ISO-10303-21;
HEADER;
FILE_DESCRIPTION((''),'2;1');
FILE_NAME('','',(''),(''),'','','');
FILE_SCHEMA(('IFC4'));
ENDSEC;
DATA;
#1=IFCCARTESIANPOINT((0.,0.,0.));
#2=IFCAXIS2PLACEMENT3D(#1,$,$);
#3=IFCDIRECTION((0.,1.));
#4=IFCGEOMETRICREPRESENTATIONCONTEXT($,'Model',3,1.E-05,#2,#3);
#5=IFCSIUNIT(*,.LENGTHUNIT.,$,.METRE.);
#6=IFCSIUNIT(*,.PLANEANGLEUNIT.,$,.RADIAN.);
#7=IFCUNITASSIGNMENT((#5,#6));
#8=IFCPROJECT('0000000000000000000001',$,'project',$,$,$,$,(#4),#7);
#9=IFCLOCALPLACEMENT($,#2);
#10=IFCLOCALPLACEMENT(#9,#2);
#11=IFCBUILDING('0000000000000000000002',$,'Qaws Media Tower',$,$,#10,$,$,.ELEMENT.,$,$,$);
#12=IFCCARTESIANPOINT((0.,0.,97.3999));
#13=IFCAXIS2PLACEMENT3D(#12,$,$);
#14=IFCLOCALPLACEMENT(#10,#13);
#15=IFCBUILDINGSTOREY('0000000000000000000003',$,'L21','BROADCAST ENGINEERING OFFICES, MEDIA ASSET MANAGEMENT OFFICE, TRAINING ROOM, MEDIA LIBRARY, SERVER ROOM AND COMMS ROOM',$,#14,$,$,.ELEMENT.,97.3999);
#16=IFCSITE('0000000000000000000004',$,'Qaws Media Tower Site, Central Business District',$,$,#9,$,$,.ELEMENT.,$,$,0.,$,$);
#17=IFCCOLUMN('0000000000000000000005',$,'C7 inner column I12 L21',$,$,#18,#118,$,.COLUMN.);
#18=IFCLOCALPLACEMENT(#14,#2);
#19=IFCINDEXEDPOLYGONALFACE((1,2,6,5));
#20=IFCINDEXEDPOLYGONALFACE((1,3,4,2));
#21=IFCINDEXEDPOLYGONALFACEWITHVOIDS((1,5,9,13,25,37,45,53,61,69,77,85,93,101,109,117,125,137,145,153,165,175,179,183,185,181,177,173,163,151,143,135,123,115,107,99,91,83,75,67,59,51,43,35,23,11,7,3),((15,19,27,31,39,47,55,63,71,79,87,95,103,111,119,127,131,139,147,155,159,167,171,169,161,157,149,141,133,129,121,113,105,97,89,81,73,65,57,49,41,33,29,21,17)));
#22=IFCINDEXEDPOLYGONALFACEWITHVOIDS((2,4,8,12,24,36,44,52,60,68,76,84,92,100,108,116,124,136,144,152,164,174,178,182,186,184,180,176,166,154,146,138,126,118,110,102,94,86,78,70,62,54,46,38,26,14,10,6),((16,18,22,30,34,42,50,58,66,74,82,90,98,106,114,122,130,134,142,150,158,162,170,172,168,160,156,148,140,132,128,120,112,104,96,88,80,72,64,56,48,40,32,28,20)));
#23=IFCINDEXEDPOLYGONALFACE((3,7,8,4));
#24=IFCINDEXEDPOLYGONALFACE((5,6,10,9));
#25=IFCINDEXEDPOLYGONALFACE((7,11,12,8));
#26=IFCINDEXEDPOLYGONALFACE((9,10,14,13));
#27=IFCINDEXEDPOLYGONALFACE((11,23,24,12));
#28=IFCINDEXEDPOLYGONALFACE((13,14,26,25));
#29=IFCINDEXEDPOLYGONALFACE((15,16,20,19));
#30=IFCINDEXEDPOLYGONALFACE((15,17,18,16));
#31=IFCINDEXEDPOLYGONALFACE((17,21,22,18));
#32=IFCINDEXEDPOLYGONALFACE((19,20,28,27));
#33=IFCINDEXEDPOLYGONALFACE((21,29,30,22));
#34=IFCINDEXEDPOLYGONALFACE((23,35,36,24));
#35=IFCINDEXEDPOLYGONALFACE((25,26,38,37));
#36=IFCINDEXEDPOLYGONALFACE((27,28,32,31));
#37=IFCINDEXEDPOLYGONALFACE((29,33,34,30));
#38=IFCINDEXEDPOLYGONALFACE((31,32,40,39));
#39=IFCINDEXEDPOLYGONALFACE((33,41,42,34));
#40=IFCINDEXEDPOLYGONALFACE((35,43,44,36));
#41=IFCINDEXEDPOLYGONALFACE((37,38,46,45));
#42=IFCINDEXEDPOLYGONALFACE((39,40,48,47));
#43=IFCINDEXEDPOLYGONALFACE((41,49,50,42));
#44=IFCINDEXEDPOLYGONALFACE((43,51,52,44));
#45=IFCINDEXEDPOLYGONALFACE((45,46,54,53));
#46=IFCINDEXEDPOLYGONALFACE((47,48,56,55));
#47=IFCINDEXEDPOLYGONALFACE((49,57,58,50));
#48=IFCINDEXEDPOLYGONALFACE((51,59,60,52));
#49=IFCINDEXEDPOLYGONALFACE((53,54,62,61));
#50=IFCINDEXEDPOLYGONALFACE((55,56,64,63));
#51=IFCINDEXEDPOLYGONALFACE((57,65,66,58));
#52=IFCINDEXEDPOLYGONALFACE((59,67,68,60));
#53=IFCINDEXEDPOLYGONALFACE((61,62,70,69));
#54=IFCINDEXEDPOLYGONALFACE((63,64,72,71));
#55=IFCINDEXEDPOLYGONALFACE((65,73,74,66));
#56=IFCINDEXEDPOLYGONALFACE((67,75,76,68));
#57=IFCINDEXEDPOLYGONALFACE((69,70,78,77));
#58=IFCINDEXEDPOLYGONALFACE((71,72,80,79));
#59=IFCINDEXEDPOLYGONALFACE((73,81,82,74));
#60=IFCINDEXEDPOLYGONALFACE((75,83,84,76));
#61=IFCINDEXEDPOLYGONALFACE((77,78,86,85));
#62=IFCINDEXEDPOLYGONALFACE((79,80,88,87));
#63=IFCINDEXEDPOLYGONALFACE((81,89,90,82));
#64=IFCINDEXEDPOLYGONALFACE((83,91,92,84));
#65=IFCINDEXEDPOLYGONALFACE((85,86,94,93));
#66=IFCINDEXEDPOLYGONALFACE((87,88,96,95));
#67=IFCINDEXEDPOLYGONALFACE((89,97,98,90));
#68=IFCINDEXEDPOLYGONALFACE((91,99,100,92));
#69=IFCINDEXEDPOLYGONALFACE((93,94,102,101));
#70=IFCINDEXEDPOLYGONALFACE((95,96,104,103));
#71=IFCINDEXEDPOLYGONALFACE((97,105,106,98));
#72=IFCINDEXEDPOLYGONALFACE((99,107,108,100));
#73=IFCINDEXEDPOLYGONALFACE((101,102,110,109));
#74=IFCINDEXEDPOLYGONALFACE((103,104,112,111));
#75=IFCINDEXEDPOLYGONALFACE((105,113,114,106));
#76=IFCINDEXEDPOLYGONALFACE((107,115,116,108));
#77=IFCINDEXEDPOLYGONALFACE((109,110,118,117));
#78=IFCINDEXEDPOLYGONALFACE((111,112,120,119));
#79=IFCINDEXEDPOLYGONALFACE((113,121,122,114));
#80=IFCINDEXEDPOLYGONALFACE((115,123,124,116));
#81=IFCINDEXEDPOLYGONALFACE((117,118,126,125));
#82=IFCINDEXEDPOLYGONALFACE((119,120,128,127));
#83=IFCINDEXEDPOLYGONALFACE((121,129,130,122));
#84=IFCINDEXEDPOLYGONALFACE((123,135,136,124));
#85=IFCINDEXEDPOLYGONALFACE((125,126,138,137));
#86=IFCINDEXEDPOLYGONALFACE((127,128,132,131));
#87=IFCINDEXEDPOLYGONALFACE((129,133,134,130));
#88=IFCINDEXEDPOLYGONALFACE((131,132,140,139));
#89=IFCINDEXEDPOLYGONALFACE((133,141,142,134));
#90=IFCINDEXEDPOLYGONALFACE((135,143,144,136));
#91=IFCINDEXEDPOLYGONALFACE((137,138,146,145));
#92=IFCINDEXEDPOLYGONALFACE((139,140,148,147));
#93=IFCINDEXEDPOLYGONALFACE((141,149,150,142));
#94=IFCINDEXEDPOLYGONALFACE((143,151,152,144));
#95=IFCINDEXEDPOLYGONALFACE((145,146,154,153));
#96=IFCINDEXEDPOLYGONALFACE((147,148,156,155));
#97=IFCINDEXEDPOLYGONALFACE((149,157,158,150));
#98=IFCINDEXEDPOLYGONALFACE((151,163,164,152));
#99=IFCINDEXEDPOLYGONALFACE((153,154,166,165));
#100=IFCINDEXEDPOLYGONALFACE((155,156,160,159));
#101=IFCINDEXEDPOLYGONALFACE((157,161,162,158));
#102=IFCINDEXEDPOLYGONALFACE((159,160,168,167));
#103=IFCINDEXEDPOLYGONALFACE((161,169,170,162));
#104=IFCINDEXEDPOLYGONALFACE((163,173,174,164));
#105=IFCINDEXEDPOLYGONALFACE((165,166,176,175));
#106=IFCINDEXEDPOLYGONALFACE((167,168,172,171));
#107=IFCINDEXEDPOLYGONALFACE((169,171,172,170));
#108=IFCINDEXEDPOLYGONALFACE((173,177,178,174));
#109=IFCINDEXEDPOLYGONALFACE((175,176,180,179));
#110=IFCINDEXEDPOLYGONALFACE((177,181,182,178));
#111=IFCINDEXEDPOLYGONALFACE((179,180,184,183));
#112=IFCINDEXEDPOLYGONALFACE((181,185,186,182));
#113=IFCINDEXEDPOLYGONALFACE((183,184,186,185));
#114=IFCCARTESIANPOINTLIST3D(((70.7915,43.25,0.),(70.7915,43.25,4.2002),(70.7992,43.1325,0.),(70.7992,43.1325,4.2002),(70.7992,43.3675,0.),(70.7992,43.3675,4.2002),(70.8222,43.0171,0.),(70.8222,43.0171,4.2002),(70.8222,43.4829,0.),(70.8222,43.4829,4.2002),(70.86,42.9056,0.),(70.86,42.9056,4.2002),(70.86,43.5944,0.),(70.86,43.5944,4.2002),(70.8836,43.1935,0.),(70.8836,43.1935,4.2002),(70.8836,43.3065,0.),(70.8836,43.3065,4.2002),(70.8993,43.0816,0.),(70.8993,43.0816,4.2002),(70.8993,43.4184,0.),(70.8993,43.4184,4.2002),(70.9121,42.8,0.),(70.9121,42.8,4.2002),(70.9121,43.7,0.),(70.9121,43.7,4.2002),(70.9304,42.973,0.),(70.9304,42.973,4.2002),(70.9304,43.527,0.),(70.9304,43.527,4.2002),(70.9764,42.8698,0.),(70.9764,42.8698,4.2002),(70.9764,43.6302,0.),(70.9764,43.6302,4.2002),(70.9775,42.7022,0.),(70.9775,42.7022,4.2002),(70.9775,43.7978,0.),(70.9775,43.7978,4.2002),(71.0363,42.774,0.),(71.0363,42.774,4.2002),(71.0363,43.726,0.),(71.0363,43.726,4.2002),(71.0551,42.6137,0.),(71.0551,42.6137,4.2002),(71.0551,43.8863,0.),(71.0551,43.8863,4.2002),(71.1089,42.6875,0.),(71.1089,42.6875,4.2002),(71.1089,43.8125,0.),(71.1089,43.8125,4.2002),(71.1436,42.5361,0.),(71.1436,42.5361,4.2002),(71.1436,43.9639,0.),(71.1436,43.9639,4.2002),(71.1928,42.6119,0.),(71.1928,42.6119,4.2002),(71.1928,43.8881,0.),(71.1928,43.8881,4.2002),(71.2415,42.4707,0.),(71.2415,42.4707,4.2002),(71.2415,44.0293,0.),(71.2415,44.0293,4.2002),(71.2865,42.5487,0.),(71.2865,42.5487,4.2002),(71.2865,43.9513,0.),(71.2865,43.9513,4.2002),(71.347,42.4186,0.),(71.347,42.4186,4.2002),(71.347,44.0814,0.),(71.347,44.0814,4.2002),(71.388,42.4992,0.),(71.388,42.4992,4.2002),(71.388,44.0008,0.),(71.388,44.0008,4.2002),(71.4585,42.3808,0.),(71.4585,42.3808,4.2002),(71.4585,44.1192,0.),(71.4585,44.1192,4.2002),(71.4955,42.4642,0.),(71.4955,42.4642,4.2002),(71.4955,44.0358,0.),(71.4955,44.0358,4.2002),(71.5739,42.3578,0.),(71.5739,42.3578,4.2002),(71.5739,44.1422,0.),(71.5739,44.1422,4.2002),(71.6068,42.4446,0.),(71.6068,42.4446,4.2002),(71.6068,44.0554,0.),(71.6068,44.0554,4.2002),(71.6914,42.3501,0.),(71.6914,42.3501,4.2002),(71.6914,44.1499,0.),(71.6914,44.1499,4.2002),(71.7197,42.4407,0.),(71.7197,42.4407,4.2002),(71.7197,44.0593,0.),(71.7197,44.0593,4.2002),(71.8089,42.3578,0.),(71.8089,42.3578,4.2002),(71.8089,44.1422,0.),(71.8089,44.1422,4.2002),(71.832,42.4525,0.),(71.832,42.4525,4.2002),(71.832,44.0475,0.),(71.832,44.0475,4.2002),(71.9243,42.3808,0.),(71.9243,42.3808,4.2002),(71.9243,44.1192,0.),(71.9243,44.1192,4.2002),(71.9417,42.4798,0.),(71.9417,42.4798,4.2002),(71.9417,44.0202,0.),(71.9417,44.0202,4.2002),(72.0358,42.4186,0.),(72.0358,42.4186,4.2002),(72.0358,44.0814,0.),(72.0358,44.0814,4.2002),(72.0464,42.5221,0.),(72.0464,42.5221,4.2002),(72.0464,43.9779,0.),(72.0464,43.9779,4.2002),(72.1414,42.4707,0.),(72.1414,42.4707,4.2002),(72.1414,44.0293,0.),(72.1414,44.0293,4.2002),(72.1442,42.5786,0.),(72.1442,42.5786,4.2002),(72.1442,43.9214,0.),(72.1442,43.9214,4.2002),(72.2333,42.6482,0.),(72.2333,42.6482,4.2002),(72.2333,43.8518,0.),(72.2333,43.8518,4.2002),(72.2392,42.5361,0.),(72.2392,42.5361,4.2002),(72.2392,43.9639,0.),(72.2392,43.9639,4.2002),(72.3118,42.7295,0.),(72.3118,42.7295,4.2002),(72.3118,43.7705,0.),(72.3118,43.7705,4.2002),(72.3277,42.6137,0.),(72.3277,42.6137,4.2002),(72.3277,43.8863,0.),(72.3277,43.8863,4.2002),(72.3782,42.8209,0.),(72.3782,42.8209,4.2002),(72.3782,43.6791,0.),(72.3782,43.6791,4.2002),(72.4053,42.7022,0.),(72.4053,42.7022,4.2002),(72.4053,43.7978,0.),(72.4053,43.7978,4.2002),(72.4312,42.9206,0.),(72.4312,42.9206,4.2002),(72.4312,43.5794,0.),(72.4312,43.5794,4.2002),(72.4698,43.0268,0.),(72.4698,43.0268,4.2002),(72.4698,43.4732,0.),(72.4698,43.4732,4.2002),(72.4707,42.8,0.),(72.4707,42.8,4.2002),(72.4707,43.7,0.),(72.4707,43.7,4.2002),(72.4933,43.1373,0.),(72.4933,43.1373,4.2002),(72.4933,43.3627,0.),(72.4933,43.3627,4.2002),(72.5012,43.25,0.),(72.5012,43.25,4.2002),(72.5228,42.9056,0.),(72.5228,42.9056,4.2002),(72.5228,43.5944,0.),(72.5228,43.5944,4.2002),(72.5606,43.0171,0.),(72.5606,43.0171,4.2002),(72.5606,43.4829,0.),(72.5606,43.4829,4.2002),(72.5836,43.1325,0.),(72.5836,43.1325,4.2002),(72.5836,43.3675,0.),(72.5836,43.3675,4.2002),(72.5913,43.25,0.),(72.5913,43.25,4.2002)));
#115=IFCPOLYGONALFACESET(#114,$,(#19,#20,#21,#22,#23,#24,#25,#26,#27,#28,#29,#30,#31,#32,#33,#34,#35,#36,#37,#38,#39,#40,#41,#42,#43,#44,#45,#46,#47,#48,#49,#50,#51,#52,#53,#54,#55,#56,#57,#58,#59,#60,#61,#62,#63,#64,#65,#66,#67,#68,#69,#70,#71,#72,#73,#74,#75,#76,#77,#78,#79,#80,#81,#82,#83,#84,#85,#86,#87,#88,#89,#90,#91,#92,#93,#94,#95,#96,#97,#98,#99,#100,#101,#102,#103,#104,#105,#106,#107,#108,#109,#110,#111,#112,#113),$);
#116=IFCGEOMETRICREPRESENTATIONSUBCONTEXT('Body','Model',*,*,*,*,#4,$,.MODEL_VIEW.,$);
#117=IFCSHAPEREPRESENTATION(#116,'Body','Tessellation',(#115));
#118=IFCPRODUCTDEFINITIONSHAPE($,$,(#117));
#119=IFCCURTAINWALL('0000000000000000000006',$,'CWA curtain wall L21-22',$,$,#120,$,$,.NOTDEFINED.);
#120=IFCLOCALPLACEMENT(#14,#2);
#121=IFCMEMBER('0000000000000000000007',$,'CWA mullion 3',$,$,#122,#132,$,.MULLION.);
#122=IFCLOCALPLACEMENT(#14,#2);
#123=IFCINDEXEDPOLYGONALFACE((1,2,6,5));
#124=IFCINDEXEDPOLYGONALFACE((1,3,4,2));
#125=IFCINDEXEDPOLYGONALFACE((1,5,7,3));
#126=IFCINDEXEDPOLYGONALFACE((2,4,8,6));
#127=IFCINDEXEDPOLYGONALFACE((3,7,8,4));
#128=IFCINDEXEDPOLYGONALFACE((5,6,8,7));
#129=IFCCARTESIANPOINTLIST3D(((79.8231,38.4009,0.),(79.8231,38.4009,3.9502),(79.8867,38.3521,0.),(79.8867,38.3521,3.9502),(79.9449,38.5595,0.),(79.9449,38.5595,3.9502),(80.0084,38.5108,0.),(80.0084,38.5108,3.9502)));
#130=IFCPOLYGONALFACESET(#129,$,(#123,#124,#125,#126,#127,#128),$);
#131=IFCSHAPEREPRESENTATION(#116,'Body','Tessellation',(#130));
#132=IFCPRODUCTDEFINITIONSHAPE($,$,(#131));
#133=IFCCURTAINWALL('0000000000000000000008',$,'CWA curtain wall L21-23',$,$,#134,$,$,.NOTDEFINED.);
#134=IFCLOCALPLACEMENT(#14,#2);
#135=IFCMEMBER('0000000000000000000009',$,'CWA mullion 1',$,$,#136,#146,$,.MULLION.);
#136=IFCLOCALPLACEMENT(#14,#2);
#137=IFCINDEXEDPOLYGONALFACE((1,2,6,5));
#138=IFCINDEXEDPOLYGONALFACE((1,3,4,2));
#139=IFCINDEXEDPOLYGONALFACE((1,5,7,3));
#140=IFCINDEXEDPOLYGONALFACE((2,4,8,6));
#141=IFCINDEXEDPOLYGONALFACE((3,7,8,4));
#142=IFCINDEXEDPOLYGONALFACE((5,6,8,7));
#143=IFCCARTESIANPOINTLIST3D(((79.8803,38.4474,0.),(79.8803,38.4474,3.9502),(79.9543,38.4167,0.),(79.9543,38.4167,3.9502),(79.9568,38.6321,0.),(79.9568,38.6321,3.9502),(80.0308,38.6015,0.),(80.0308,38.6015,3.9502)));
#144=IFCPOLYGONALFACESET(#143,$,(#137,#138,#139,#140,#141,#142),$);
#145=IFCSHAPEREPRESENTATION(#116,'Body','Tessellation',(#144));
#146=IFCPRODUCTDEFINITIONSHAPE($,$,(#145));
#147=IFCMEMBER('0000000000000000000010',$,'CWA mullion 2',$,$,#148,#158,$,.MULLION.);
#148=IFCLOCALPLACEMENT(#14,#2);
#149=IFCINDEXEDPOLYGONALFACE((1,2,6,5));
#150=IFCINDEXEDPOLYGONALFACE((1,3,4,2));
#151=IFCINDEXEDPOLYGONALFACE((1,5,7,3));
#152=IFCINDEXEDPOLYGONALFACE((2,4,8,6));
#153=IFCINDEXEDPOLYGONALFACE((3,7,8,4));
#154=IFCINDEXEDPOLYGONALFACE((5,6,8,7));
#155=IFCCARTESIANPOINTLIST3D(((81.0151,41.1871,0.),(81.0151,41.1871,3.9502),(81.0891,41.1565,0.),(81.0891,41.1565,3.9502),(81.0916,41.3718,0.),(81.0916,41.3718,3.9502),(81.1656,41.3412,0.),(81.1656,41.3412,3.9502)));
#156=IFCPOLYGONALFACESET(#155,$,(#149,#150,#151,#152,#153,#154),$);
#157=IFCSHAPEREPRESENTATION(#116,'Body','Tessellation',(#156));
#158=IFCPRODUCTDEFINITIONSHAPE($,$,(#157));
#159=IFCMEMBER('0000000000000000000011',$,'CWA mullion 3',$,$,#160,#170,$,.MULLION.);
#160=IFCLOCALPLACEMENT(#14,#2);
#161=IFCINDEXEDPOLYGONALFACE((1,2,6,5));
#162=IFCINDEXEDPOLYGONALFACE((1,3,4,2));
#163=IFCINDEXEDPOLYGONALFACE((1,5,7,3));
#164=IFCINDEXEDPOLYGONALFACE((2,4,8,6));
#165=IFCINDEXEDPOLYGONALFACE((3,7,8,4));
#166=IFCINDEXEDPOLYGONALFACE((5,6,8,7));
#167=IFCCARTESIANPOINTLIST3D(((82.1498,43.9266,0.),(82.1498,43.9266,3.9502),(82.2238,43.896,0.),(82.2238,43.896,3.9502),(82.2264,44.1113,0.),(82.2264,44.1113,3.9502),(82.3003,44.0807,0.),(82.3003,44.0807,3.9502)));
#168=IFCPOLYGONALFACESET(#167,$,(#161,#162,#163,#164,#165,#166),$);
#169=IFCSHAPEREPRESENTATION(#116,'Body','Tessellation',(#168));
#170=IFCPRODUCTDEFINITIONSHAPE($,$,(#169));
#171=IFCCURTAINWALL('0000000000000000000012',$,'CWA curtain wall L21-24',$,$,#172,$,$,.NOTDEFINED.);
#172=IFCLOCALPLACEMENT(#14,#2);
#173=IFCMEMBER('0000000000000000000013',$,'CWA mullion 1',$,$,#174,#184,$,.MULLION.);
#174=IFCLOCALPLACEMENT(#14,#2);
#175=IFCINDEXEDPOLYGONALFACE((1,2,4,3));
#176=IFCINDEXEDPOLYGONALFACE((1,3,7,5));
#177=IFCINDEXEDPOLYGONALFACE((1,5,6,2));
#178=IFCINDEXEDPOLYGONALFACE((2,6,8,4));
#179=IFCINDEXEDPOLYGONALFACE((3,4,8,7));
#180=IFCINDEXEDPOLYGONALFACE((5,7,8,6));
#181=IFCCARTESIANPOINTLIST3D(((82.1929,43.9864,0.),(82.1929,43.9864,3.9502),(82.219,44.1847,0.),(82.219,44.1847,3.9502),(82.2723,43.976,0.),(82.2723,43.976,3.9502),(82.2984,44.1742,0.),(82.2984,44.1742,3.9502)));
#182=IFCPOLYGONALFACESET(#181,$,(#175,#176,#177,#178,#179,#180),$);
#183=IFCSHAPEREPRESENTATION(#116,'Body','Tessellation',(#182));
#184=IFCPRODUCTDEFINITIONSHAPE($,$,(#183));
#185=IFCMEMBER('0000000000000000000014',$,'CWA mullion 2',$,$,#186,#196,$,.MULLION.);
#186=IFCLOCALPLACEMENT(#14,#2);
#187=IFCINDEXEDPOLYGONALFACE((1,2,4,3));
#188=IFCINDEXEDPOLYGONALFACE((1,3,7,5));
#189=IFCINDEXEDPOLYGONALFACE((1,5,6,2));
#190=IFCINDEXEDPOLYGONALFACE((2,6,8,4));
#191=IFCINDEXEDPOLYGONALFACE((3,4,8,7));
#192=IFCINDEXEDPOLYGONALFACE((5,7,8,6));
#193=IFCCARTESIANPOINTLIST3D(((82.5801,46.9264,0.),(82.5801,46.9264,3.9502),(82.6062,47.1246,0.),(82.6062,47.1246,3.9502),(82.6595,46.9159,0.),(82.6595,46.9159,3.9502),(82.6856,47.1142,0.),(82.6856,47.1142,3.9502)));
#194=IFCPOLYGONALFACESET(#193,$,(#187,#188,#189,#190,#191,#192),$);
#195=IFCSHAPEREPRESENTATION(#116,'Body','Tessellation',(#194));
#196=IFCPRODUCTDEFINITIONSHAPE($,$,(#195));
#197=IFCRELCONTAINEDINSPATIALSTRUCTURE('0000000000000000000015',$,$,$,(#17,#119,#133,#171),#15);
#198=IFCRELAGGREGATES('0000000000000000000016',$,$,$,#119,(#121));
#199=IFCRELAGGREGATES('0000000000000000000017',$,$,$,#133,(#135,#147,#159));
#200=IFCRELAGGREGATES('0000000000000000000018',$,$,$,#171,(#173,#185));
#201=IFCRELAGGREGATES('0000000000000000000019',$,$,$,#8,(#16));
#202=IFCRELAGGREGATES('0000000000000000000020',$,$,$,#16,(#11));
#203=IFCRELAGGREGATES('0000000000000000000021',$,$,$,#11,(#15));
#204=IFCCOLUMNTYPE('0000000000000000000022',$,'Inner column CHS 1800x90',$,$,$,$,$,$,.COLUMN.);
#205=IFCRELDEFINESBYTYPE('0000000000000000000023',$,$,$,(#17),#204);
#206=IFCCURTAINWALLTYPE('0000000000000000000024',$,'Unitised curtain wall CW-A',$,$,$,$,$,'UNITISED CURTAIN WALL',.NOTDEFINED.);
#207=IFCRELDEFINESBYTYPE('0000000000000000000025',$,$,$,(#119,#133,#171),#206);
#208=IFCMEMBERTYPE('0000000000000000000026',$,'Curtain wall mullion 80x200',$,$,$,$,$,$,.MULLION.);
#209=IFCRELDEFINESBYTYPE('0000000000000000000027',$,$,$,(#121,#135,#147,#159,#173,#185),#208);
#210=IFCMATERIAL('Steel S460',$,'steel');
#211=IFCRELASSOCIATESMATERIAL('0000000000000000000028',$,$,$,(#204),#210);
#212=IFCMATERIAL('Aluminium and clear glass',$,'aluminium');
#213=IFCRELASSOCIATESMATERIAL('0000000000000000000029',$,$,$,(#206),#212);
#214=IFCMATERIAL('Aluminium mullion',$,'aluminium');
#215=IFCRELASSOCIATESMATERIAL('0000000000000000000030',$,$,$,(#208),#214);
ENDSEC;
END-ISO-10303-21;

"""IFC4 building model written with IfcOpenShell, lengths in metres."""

from ifc_helpers import new_model, si_unit, direction, frame, origin, origin_2d, place, context, subcontext, project, spatial, rectangle, hollow_circle, extrude, material, material_profile, profile_set, type_object, element, aggregate, save


model = new_model("IFC4")

# Units and contexts
model_context = context("Model", 3, precision=1e-05, world=origin(), true_north=direction((0.0, 1.0)))
body_context = subcontext(model_context, "Body", "Model", "MODEL_VIEW")
ifc_project = project(units=[si_unit("LENGTHUNIT", "METRE"), si_unit("PLANEANGLEUNIT", "RADIAN")], contexts=[model_context])

# Site, building, storey
site_placement = place(None, origin())
site = spatial("IfcSite", under=ifc_project, at=site_placement, Name="Qaws Media Tower Site, Central Business District", CompositionType="ELEMENT", RefElevation=0.0)
building_placement = place(site_placement, origin())
building = spatial("IfcBuilding", under=site, at=building_placement, Name="Qaws Media Tower", CompositionType="ELEMENT")
storey_placement = place(building_placement, frame((0.0, 0.0, 97.3999)))
storey = spatial("IfcBuildingStorey", under=building, at=storey_placement, Name="L21", Description="BROADCAST ENGINEERING OFFICES, MEDIA ASSET MANAGEMENT OFFICE, TRAINING ROOM, MEDIA LIBRARY, SERVER ROOM AND COMMS ROOM", CompositionType="ELEMENT", Elevation=97.3999)

# Column
ifc_material_1 = material(Name="Steel S460", Category="steel")
ifc_material_profile_1 = material_profile(ifc_material_1, hollow_circle(Radius=0.8999, WallThickness=0.0901, at=origin_2d()), Name="CHS 1800x90")
ifc_profile_set_1 = profile_set([ifc_material_profile_1], Name="Steel S460")
column_type = type_object("IfcColumnType", Name="Inner column CHS 1800x90", PredefinedType="COLUMN", material=ifc_profile_set_1)
column_placement = place(storey_placement, frame((71.6914, 43.25, 0.0), z_axis=(0.0, 0.0, 1.0), x_axis=(1.0, 0.0, 0.0)))
element("IfcColumn", 1, at=column_placement, inside=storey, type_object=column_type, Name="C7 inner column I12 L21", PredefinedType="COLUMN", context=body_context, shape_type="SweptSolid", body=[
    extrude(hollow_circle(Radius=0.8999, WallThickness=0.0901, at=origin_2d()), origin(), (0.0, 0.0, 1.0), 4.2002),
])

# Curtain wall, member
ifc_material_2 = material(Name="Aluminium and clear glass", Category="aluminium")
curtain_wall_type = type_object("IfcCurtainWallType", Name="Unitised curtain wall CW-A", ElementType="UNITISED CURTAIN WALL", PredefinedType="NOTDEFINED", material=ifc_material_2)
curtain_wall_1_placement = place(storey_placement, origin())
curtain_wall_1 = element("IfcCurtainWall", 2, at=curtain_wall_1_placement, inside=storey, type_object=curtain_wall_type, Name="CWA curtain wall L21-22", PredefinedType="NOTDEFINED")
ifc_material_3 = material(Name="Aluminium mullion", Category="aluminium")
ifc_material_profile_2 = material_profile(ifc_material_3, rectangle(XDim=0.0801, YDim=0.2, at=origin_2d()), Name="80x200")
ifc_profile_set_2 = profile_set([ifc_material_profile_2], Name="Aluminium mullion")
member_type_1 = type_object("IfcMemberType", Name="Curtain wall mullion 80x200", PredefinedType="MULLION", material=ifc_profile_set_2)
member_1_placement = place(storey_placement, frame((79.9158, 38.4558, 0.0), z_axis=(0.0, 0.0, 1.0), x_axis=(-0.793353, 0.608761, 0.0)))
member_1 = element("IfcMember", 3, at=member_1_placement, type_object=member_type_1, Name="CWA mullion 3", PredefinedType="MULLION", context=body_context, shape_type="SweptSolid", body=[
    extrude(rectangle(XDim=0.0801, YDim=0.2, at=origin_2d()), origin(), (0.0, 0.0, 1.0), 3.9502),
])
aggregate(curtain_wall_1, [member_1])

# Curtain walls, members
curtain_wall_2_placement = place(storey_placement, origin())
curtain_wall_2 = element("IfcCurtainWall", 4, at=curtain_wall_2_placement, inside=storey, type_object=curtain_wall_type, Name="CWA curtain wall L21-23", PredefinedType="NOTDEFINED")
member_2_placement = place(storey_placement, frame((79.9556, 38.5244, 0.0), z_axis=(0.0, 0.0, 1.0), x_axis=(-0.92388, 0.382683, 0.0)))
member_2 = element("IfcMember", 5, at=member_2_placement, type_object=member_type_1, Name="CWA mullion 1", PredefinedType="MULLION", context=body_context, shape_type="SweptSolid", body=[
    extrude(rectangle(XDim=0.0801, YDim=0.2, at=origin_2d()), origin(), (0.0, 0.0, 1.0), 3.9502),
])
member_3_placement = place(storey_placement, frame((81.0903, 41.2642, 0.0), z_axis=(0.0, 0.0, 1.0), x_axis=(-0.92388, 0.382683, 0.0)))
member_3 = element("IfcMember", 6, at=member_3_placement, type_object=member_type_1, Name="CWA mullion 2", PredefinedType="MULLION", context=body_context, shape_type="SweptSolid", body=[
    extrude(rectangle(XDim=0.0801, YDim=0.2, at=origin_2d()), origin(), (0.0, 0.0, 1.0), 3.9502),
])
member_4_placement = place(storey_placement, frame((82.2251, 44.0037, 0.0), z_axis=(0.0, 0.0, 1.0), x_axis=(-0.92388, 0.382683, 0.0)))
member_4 = element("IfcMember", 7, at=member_4_placement, type_object=member_type_1, Name="CWA mullion 3", PredefinedType="MULLION", context=body_context, shape_type="SweptSolid", body=[
    extrude(rectangle(XDim=0.0801, YDim=0.2, at=origin_2d()), origin(), (0.0, 0.0, 1.0), 3.9502),
])
curtain_wall_3_placement = place(storey_placement, origin())
curtain_wall_3 = element("IfcCurtainWall", 8, at=curtain_wall_3_placement, inside=storey, type_object=curtain_wall_type, Name="CWA curtain wall L21-24", PredefinedType="NOTDEFINED")
member_5_placement = place(storey_placement, frame((82.2456, 44.0803, 0.0), z_axis=(0.0, 0.0, 1.0), x_axis=(-0.991445, 0.130526, 0.0)))
member_5 = element("IfcMember", 9, at=member_5_placement, type_object=member_type_1, Name="CWA mullion 1", PredefinedType="MULLION", context=body_context, shape_type="SweptSolid", body=[
    extrude(rectangle(XDim=0.0801, YDim=0.2, at=origin_2d()), origin(), (0.0, 0.0, 1.0), 3.9502),
])
member_6_placement = place(storey_placement, frame((82.6328, 47.0203, 0.0), z_axis=(0.0, 0.0, 1.0), x_axis=(-0.991445, 0.130526, 0.0)))
member_6 = element("IfcMember", 10, at=member_6_placement, type_object=member_type_1, Name="CWA mullion 2", PredefinedType="MULLION", context=body_context, shape_type="SweptSolid", body=[
    extrude(rectangle(XDim=0.0801, YDim=0.2, at=origin_2d()), origin(), (0.0, 0.0, 1.0), 3.9502),
])

aggregate(curtain_wall_2, [member_2, member_3, member_4])
aggregate(curtain_wall_3, [member_5, member_6])

save(model, "model.ifc")
